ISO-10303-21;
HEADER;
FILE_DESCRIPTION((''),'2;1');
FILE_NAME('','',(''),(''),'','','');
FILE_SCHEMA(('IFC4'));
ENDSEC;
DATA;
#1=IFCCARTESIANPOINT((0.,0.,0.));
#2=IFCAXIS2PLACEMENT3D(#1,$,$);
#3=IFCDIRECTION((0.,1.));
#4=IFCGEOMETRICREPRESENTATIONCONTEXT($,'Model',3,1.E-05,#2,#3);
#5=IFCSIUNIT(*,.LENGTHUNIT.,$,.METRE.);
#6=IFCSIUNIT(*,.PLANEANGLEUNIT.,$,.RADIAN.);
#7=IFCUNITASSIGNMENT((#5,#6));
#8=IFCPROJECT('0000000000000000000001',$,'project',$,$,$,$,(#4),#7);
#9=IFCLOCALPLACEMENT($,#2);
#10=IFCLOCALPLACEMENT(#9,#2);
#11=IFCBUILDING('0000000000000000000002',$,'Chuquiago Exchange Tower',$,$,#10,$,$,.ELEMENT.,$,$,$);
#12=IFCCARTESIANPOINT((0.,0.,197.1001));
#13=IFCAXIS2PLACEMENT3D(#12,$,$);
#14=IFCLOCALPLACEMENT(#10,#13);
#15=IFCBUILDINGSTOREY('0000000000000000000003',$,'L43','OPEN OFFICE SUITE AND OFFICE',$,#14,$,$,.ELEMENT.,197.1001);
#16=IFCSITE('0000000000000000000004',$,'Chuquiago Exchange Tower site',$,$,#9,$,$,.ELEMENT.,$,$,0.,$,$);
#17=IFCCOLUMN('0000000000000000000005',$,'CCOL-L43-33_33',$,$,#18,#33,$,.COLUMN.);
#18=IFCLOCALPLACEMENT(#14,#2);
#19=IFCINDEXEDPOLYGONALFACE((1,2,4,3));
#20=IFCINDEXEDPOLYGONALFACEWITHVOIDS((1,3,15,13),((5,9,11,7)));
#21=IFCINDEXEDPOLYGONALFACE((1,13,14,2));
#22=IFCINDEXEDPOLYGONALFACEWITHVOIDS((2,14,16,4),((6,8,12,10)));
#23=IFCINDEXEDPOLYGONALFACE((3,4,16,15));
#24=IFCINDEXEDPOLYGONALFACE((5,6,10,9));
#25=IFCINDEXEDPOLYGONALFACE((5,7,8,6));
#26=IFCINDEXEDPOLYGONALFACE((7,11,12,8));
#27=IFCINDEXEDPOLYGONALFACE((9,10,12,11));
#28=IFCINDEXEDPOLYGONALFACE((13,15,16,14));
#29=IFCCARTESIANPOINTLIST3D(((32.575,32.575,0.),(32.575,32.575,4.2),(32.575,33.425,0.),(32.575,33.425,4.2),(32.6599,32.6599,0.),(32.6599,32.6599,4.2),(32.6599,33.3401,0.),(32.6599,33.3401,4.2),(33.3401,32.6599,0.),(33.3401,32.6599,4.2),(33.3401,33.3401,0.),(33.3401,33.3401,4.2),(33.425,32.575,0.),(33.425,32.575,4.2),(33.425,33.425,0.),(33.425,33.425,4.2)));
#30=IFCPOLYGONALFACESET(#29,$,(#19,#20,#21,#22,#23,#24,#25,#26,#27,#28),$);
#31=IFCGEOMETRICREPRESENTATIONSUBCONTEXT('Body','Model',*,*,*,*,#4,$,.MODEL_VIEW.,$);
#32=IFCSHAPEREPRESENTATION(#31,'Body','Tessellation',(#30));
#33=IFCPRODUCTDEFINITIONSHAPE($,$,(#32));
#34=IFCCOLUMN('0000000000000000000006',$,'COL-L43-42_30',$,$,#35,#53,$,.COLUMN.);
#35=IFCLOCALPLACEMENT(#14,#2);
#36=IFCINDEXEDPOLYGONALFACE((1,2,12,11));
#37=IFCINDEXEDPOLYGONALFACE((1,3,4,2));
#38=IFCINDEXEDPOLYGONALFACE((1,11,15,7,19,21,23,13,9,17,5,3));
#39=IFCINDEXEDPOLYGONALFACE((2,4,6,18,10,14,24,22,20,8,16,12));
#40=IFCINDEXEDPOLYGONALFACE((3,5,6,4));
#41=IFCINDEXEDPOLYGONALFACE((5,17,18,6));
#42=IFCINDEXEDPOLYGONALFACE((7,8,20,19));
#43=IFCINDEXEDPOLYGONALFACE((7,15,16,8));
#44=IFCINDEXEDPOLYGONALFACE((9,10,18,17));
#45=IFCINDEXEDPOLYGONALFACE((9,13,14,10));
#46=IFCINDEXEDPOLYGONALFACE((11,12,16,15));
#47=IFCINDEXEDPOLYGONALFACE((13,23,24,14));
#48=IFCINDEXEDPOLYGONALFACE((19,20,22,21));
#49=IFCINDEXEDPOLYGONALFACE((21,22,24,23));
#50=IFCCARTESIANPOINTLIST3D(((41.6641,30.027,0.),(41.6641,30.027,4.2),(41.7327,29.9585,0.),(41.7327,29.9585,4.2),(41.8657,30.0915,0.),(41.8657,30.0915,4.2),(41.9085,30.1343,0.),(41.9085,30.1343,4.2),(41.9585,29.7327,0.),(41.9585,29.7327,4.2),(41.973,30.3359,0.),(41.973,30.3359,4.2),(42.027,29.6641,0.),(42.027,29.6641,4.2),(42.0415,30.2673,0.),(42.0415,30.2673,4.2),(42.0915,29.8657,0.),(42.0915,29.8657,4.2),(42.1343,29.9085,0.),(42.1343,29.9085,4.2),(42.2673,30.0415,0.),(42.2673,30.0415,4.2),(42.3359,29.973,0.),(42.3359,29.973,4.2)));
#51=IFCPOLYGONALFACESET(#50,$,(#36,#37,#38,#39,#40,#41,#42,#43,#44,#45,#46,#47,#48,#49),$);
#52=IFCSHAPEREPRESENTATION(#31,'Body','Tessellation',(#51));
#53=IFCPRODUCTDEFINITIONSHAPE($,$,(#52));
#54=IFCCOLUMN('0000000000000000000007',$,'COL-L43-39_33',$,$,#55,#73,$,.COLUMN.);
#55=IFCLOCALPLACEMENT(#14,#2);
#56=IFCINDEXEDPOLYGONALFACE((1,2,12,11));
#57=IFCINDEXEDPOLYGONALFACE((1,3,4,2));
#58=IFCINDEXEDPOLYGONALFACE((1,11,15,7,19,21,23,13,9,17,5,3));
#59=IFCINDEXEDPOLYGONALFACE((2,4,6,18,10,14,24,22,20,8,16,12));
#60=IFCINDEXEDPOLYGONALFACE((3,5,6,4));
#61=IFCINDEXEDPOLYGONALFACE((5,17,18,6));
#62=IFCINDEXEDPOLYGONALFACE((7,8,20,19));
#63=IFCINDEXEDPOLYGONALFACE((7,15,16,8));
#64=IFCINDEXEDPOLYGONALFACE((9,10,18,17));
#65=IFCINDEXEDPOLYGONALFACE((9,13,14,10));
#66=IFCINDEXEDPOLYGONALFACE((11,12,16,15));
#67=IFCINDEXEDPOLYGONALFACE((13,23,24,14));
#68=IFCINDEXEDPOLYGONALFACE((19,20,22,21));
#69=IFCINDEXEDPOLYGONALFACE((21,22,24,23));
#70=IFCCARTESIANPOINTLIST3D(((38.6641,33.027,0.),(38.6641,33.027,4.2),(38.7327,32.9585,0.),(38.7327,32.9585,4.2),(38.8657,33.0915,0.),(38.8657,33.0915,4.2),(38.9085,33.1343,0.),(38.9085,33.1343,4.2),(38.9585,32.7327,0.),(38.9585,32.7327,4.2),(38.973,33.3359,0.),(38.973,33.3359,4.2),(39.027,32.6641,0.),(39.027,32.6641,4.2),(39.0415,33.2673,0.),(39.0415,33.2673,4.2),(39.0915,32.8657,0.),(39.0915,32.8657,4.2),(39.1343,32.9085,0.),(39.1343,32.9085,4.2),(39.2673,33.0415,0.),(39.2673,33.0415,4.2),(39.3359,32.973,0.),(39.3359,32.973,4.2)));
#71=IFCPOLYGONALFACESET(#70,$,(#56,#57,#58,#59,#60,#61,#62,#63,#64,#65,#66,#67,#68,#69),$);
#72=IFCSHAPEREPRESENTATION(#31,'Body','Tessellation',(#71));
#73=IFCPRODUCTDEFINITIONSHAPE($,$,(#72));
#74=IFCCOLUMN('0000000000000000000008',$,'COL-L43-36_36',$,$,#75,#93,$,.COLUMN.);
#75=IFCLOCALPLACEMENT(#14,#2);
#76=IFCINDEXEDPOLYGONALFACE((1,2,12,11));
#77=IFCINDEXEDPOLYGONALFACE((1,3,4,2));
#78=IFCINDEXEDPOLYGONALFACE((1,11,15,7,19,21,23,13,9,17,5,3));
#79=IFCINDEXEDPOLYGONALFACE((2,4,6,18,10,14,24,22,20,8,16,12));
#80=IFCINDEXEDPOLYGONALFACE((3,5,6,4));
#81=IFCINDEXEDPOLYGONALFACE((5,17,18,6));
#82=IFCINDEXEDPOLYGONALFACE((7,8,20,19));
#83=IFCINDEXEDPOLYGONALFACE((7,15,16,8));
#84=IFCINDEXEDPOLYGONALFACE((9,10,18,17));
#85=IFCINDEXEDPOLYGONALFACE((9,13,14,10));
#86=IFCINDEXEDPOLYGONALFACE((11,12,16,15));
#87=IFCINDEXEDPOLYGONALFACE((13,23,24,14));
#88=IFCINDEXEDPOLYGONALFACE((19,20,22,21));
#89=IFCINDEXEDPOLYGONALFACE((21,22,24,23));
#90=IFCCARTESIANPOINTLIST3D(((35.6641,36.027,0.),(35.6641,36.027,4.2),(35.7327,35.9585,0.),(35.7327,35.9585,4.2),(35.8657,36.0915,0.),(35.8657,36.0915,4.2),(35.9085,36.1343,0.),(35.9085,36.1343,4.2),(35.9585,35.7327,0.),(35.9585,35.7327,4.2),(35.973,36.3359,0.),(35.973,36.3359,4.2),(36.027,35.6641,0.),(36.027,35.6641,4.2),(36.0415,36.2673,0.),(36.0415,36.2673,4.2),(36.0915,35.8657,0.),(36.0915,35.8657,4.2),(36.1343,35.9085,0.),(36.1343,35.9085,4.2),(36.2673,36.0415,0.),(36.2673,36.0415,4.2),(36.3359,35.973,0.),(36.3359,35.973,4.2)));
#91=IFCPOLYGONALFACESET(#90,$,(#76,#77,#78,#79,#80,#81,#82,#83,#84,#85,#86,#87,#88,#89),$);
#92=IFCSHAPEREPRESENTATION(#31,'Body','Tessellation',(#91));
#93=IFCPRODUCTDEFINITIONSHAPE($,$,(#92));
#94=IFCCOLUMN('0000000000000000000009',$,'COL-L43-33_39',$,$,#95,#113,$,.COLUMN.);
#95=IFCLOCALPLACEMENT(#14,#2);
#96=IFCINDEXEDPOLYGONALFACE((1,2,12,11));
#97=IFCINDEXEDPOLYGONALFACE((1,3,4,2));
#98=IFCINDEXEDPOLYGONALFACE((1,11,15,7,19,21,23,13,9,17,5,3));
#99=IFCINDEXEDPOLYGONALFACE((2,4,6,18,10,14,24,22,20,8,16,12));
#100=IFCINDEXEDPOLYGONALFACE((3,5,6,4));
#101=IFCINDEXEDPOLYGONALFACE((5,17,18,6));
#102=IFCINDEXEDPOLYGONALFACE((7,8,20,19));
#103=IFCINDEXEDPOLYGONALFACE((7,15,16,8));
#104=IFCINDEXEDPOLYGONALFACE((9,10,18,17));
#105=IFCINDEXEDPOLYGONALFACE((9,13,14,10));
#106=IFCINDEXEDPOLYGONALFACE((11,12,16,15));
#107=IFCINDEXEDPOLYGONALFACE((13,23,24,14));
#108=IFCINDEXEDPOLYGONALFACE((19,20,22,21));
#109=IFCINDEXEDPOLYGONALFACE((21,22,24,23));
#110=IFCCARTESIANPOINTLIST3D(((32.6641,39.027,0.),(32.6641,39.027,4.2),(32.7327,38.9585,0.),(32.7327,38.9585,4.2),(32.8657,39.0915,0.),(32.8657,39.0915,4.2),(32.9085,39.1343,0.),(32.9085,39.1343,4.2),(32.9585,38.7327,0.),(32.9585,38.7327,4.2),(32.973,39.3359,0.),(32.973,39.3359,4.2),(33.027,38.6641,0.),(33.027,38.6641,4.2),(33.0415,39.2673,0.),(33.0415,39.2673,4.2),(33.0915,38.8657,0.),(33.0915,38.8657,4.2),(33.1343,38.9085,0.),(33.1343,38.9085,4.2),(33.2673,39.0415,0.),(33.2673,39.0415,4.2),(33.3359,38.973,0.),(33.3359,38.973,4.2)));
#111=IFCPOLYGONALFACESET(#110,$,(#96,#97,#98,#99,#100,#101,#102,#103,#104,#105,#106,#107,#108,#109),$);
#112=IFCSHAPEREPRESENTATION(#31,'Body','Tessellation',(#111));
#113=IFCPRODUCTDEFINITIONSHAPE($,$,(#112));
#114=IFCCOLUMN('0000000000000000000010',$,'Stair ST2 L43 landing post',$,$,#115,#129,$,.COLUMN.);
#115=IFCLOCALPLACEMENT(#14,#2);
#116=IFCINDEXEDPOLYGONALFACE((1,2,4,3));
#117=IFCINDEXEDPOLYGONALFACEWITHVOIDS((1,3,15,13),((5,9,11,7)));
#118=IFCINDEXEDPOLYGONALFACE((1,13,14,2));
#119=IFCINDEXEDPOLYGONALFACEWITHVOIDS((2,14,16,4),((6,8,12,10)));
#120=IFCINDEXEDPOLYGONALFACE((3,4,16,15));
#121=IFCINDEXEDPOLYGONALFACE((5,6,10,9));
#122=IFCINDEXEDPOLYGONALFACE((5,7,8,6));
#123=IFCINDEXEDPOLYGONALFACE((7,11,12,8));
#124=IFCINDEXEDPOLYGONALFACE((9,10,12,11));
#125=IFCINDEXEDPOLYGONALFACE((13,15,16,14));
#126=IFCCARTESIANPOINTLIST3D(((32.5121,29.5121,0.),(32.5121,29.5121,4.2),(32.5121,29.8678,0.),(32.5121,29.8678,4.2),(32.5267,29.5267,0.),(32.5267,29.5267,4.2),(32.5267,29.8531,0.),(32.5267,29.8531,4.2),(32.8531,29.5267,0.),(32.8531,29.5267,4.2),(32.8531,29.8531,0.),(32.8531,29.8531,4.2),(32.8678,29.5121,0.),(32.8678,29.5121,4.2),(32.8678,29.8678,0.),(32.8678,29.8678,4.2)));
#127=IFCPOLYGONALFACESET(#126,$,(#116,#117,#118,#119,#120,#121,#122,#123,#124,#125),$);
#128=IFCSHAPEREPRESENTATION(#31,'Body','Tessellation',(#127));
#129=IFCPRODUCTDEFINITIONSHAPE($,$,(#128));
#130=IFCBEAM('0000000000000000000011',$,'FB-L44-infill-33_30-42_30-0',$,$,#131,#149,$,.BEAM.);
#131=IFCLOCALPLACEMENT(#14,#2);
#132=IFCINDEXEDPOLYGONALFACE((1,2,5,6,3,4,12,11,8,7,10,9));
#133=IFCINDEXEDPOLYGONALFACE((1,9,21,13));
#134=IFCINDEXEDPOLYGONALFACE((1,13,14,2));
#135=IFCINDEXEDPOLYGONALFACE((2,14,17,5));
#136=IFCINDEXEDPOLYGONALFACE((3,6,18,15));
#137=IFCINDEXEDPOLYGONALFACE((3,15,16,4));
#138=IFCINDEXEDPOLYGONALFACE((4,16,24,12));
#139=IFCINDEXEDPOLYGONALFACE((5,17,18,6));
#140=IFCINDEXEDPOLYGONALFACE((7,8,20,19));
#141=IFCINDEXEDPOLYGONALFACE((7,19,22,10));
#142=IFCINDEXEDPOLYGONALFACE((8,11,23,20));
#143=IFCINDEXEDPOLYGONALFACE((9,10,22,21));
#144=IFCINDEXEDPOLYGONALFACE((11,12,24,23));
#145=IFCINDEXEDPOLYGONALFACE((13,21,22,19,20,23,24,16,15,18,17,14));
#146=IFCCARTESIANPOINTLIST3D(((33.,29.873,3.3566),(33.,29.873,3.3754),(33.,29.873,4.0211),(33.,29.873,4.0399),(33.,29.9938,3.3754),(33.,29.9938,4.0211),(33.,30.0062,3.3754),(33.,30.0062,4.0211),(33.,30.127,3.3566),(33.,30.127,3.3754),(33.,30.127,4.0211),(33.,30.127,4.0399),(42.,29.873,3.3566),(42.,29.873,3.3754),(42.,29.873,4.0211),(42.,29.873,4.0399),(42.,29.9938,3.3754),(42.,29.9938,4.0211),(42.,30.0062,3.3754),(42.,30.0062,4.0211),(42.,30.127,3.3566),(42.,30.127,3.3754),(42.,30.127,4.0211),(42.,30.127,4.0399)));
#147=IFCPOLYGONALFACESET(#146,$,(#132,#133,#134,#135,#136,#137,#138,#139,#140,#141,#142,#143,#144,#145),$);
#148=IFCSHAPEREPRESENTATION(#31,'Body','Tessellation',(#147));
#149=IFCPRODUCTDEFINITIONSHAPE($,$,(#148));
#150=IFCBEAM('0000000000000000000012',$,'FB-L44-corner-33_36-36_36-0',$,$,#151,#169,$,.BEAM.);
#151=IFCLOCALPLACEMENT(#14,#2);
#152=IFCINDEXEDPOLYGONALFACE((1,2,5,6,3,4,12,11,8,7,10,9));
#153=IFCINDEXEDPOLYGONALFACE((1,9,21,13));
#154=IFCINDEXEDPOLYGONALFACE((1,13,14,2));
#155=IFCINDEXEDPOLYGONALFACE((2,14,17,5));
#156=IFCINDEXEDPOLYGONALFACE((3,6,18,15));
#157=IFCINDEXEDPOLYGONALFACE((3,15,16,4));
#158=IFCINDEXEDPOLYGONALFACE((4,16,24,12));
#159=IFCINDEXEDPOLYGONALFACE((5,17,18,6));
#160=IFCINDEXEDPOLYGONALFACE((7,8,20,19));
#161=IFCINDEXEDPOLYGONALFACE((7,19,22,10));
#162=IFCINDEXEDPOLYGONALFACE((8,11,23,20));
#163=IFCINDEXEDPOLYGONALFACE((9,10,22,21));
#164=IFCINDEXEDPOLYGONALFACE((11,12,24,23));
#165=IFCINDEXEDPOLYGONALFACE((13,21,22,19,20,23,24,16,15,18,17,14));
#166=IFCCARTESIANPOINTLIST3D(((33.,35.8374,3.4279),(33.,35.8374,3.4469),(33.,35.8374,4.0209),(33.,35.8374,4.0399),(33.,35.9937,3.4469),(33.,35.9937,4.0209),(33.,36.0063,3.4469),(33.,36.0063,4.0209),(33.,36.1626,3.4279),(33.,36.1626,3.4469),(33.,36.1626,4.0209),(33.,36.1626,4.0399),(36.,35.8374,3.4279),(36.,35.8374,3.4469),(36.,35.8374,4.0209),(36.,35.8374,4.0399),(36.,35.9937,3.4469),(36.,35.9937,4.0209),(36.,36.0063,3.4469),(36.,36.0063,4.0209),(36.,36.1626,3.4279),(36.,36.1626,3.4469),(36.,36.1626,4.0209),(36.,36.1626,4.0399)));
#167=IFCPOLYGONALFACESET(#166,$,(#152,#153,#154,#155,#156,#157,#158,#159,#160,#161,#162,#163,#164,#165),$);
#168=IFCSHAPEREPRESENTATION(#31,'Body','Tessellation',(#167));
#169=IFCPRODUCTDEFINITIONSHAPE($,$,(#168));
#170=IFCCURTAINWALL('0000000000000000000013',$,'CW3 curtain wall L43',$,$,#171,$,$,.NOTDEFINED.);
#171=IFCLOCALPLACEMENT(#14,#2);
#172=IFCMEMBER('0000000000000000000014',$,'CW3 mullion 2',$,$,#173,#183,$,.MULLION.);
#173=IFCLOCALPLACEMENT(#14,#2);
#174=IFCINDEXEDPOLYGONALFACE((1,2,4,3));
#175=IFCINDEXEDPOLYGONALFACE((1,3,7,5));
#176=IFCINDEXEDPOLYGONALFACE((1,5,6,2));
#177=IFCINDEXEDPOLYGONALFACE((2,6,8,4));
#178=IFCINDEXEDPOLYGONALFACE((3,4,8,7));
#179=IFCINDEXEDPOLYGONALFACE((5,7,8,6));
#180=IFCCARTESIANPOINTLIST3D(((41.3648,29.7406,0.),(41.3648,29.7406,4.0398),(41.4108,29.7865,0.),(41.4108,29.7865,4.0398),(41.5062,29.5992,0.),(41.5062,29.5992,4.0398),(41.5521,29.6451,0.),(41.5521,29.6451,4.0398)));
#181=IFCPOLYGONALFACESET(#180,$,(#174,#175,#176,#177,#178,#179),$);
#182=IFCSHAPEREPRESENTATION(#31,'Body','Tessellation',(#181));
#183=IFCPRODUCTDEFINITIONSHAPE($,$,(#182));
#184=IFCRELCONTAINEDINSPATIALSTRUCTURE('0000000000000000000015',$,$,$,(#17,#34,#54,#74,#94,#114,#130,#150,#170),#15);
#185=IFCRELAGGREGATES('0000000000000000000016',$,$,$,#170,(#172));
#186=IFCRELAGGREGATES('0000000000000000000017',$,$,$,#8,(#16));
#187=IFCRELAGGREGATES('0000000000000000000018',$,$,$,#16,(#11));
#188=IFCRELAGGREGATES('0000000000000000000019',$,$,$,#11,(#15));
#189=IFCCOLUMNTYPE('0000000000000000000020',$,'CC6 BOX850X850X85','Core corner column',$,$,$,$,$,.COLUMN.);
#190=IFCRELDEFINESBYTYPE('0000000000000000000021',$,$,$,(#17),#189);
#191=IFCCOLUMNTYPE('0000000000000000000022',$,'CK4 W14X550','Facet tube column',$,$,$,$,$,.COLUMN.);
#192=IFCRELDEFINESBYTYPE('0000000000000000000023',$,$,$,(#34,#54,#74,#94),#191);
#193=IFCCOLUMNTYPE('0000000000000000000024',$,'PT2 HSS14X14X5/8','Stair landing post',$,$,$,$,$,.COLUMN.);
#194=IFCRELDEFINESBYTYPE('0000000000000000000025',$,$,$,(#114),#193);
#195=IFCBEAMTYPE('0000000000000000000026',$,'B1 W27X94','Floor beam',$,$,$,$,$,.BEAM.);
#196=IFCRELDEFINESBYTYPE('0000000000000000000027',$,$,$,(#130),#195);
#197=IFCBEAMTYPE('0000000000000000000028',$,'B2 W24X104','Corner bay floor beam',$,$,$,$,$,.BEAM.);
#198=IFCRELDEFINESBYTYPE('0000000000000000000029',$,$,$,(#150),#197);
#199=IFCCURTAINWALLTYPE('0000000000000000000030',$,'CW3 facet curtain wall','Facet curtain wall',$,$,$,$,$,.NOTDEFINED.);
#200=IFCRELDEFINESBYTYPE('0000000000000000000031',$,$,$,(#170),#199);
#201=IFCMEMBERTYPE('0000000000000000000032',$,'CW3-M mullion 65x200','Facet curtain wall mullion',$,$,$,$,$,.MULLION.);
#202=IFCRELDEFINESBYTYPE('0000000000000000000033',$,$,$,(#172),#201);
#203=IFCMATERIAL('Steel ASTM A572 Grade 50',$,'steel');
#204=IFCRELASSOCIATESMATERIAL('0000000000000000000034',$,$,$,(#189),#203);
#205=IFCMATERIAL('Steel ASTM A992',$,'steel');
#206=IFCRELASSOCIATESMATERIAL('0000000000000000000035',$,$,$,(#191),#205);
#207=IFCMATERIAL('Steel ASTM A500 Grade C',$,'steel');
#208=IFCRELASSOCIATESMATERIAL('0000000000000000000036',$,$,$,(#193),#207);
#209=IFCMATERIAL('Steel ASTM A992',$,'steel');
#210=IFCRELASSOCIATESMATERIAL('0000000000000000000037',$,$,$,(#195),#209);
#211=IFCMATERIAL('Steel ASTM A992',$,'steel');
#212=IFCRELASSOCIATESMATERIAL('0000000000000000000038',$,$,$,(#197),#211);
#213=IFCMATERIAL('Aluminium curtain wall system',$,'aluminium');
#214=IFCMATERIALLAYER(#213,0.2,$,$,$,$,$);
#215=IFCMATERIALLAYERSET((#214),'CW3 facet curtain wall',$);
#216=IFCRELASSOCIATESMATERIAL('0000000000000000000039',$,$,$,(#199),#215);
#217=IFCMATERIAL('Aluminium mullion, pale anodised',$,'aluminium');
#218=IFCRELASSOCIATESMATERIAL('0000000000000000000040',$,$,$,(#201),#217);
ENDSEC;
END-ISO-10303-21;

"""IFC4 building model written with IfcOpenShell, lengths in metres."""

from ifc_helpers import new_model, si_unit, direction, frame, origin, origin_2d, place, context, subcontext, project, spatial, rectangle, hollow_rectangle, i_section, extrude, material, layer, layer_set, material_profile, profile_set, type_object, element, aggregate, save


model = new_model("IFC4")

# Units and contexts
model_context = context("Model", 3, precision=1e-05, world=origin(), true_north=direction((0.0, 1.0)))
body_context = subcontext(model_context, "Body", "Model", "MODEL_VIEW")
ifc_project = project(units=[si_unit("LENGTHUNIT", "METRE"), si_unit("PLANEANGLEUNIT", "RADIAN")], contexts=[model_context])

# Site, building, storey
site_placement = place(None, origin())
site = spatial("IfcSite", under=ifc_project, at=site_placement, Name="Chuquiago Exchange Tower site", CompositionType="ELEMENT", RefElevation=0.0)
building_placement = place(site_placement, origin())
building = spatial("IfcBuilding", under=site, at=building_placement, Name="Chuquiago Exchange Tower", CompositionType="ELEMENT")
storey_placement = place(building_placement, frame((0.0, 0.0, 197.1001)))
storey = spatial("IfcBuildingStorey", under=building, at=storey_placement, Name="L43", Description="OPEN OFFICE SUITE AND OFFICE", CompositionType="ELEMENT", Elevation=197.1001)

# Columns
ifc_material_1 = material(Name="Steel ASTM A572 Grade 50", Category="steel")
ifc_material_profile_1 = material_profile(ifc_material_1, hollow_rectangle(XDim=0.8501, YDim=0.8501, WallThickness=0.085, at=origin_2d()), Name="BOX850X850X85")
ifc_profile_set_1 = profile_set([ifc_material_profile_1], Name="Steel ASTM A572 Grade 50")
column_type_1 = type_object("IfcColumnType", Name="CC6 BOX850X850X85", Description="Core corner column", PredefinedType="COLUMN", material=ifc_profile_set_1)
column_1_placement = place(storey_placement, frame((33.0, 33.0, 0.0), z_axis=(0.0, 0.0, 1.0), x_axis=(1.0, 0.0, 0.0)))
element("IfcColumn", 1, at=column_1_placement, inside=storey, type_object=column_type_1, Name="CCOL-L43-33_33", PredefinedType="COLUMN", context=body_context, shape_type="SweptSolid", body=[
    extrude(hollow_rectangle(XDim=0.8501, YDim=0.8501, WallThickness=0.085, at=origin_2d()), origin(), (0.0, 0.0, 1.0), 4.2),
])
ifc_material_2 = material(Name="Steel ASTM A992", Category="steel")
ifc_material_profile_2 = material_profile(ifc_material_2, i_section(OverallWidth=0.4368, OverallDepth=0.5132, WebThickness=0.0605, FlangeThickness=0.0969, at=origin_2d()), Name="W14X550")
ifc_profile_set_2 = profile_set([ifc_material_profile_2], Name="Steel ASTM A992")
column_type_2 = type_object("IfcColumnType", Name="CK4 W14X550", Description="Facet tube column", PredefinedType="COLUMN", material=ifc_profile_set_2)
for number, where, z_axis, x_axis, name in (
    (2, (42.0, 30.0, 0.0), (0.0, 0.0, 1.0), (0.707107, 0.707107, 0.0), "COL-L43-42_30"),
    (3, (39.0, 33.0, 0.0), (0.0, 0.0, 1.0), (0.707107, 0.707107, 0.0), "COL-L43-39_33"),
    (4, (36.0, 36.0, 0.0), (0.0, 0.0, 1.0), (0.707107, 0.707107, 0.0), "COL-L43-36_36"),
    (5, (33.0, 39.0, 0.0), (0.0, 0.0, 1.0), (0.707107, 0.707107, 0.0), "COL-L43-33_39"),
):
    element("IfcColumn", number, at=place(storey_placement, frame(where, z_axis=z_axis, x_axis=x_axis)), inside=storey, type_object=column_type_2, Name=name, PredefinedType="COLUMN", context=body_context, shape_type="SweptSolid", body=[
        extrude(i_section(OverallWidth=0.4368, OverallDepth=0.5132, WebThickness=0.0605, FlangeThickness=0.0969, at=origin_2d()), origin(), (0.0, 0.0, 1.0), 4.2),
    ])
ifc_material_3 = material(Name="Steel ASTM A500 Grade C", Category="steel")
ifc_material_profile_3 = material_profile(ifc_material_3, hollow_rectangle(XDim=0.3557, YDim=0.3557, WallThickness=0.0146, at=origin_2d()), Name="HSS14X14X5/8")
ifc_profile_set_3 = profile_set([ifc_material_profile_3], Name="Steel ASTM A500 Grade C")
column_type_3 = type_object("IfcColumnType", Name="PT2 HSS14X14X5/8", Description="Stair landing post", PredefinedType="COLUMN", material=ifc_profile_set_3)
column_2_placement = place(storey_placement, frame((32.6899, 29.6899, 0.0), z_axis=(0.0, 0.0, 1.0), x_axis=(1.0, 0.0, 0.0)))
element("IfcColumn", 6, at=column_2_placement, inside=storey, type_object=column_type_3, Name="Stair ST2 L43 landing post", PredefinedType="COLUMN", context=body_context, shape_type="SweptSolid", body=[
    extrude(hollow_rectangle(XDim=0.3557, YDim=0.3557, WallThickness=0.0146, at=origin_2d()), origin(), (0.0, 0.0, 1.0), 4.2),
])

# Beams
ifc_material_4 = material(Name="Steel ASTM A992", Category="steel")
ifc_material_profile_4 = material_profile(ifc_material_4, i_section(OverallWidth=0.2539, OverallDepth=0.6833, WebThickness=0.0125, FlangeThickness=0.0188, at=origin_2d()), Name="W27X94")
ifc_profile_set_4 = profile_set([ifc_material_profile_4], Name="Steel ASTM A992")
beam_type_1 = type_object("IfcBeamType", Name="B1 W27X94", Description="Floor beam", PredefinedType="BEAM", material=ifc_profile_set_4)
beam_1_placement = place(storey_placement, frame((33.0, 30.0, 3.6982), z_axis=(1.0, 0.0, 0.0), x_axis=(0.0, 1.0, 0.0)))
element("IfcBeam", 7, at=beam_1_placement, inside=storey, type_object=beam_type_1, Name="FB-L44-infill-33_30-42_30-0", PredefinedType="BEAM", context=body_context, shape_type="SweptSolid", body=[
    extrude(i_section(OverallWidth=0.2539, OverallDepth=0.6833, WebThickness=0.0125, FlangeThickness=0.0188, at=origin_2d()), origin(), (0.0, 0.0, 1.0), 9.0),
])
ifc_material_5 = material(Name="Steel ASTM A992", Category="steel")
ifc_material_profile_5 = material_profile(ifc_material_5, i_section(OverallWidth=0.3252, OverallDepth=0.6121, WebThickness=0.0127, FlangeThickness=0.019, at=origin_2d()), Name="W24X104")
ifc_profile_set_5 = profile_set([ifc_material_profile_5], Name="Steel ASTM A992")
beam_type_2 = type_object("IfcBeamType", Name="B2 W24X104", Description="Corner bay floor beam", PredefinedType="BEAM", material=ifc_profile_set_5)
beam_2_placement = place(storey_placement, frame((33.0, 36.0, 3.7339), z_axis=(1.0, 0.0, 0.0), x_axis=(0.0, 1.0, 0.0)))
element("IfcBeam", 8, at=beam_2_placement, inside=storey, type_object=beam_type_2, Name="FB-L44-corner-33_36-36_36-0", PredefinedType="BEAM", context=body_context, shape_type="SweptSolid", body=[
    extrude(i_section(OverallWidth=0.3252, OverallDepth=0.6121, WebThickness=0.0127, FlangeThickness=0.019, at=origin_2d()), origin(), (0.0, 0.0, 1.0), 3.0),
])

# Curtain wall, member
ifc_material_6 = material(Name="Aluminium curtain wall system", Category="aluminium")
ifc_layer_1 = layer(ifc_material_6, 0.2)
ifc_layer_set_1 = layer_set([ifc_layer_1], Name="CW3 facet curtain wall")
curtain_wall_type = type_object("IfcCurtainWallType", Name="CW3 facet curtain wall", Description="Facet curtain wall", PredefinedType="NOTDEFINED", material=ifc_layer_set_1)
curtain_wall_placement = place(storey_placement, origin())
curtain_wall = element("IfcCurtainWall", 9, at=curtain_wall_placement, inside=storey, type_object=curtain_wall_type, Name="CW3 curtain wall L43", PredefinedType="NOTDEFINED")
ifc_material_7 = material(Name="Aluminium mullion, pale anodised", Category="aluminium")
ifc_material_profile_6 = material_profile(ifc_material_7, rectangle(XDim=0.0649, YDim=0.2, at=origin_2d()), Name="AL 65x200")
ifc_profile_set_6 = profile_set([ifc_material_profile_6], Name="Aluminium mullion, pale anodised")
member_type_1 = type_object("IfcMemberType", Name="CW3-M mullion 65x200", Description="Facet curtain wall mullion", PredefinedType="MULLION", material=ifc_profile_set_6)
member_1_placement = place(storey_placement, frame((41.4585, 29.6929, 0.0), z_axis=(0.0, 0.0, 1.0), x_axis=(-0.707107, -0.707107, 0.0)))
member_1 = element("IfcMember", 10, at=member_1_placement, type_object=member_type_1, Name="CW3 mullion 2", PredefinedType="MULLION", context=body_context, shape_type="SweptSolid", body=[
    extrude(rectangle(XDim=0.0649, YDim=0.2, at=origin_2d()), origin(), (0.0, 0.0, 1.0), 4.0398),
])

aggregate(curtain_wall, [member_1])

save(model, "model.ifc")
